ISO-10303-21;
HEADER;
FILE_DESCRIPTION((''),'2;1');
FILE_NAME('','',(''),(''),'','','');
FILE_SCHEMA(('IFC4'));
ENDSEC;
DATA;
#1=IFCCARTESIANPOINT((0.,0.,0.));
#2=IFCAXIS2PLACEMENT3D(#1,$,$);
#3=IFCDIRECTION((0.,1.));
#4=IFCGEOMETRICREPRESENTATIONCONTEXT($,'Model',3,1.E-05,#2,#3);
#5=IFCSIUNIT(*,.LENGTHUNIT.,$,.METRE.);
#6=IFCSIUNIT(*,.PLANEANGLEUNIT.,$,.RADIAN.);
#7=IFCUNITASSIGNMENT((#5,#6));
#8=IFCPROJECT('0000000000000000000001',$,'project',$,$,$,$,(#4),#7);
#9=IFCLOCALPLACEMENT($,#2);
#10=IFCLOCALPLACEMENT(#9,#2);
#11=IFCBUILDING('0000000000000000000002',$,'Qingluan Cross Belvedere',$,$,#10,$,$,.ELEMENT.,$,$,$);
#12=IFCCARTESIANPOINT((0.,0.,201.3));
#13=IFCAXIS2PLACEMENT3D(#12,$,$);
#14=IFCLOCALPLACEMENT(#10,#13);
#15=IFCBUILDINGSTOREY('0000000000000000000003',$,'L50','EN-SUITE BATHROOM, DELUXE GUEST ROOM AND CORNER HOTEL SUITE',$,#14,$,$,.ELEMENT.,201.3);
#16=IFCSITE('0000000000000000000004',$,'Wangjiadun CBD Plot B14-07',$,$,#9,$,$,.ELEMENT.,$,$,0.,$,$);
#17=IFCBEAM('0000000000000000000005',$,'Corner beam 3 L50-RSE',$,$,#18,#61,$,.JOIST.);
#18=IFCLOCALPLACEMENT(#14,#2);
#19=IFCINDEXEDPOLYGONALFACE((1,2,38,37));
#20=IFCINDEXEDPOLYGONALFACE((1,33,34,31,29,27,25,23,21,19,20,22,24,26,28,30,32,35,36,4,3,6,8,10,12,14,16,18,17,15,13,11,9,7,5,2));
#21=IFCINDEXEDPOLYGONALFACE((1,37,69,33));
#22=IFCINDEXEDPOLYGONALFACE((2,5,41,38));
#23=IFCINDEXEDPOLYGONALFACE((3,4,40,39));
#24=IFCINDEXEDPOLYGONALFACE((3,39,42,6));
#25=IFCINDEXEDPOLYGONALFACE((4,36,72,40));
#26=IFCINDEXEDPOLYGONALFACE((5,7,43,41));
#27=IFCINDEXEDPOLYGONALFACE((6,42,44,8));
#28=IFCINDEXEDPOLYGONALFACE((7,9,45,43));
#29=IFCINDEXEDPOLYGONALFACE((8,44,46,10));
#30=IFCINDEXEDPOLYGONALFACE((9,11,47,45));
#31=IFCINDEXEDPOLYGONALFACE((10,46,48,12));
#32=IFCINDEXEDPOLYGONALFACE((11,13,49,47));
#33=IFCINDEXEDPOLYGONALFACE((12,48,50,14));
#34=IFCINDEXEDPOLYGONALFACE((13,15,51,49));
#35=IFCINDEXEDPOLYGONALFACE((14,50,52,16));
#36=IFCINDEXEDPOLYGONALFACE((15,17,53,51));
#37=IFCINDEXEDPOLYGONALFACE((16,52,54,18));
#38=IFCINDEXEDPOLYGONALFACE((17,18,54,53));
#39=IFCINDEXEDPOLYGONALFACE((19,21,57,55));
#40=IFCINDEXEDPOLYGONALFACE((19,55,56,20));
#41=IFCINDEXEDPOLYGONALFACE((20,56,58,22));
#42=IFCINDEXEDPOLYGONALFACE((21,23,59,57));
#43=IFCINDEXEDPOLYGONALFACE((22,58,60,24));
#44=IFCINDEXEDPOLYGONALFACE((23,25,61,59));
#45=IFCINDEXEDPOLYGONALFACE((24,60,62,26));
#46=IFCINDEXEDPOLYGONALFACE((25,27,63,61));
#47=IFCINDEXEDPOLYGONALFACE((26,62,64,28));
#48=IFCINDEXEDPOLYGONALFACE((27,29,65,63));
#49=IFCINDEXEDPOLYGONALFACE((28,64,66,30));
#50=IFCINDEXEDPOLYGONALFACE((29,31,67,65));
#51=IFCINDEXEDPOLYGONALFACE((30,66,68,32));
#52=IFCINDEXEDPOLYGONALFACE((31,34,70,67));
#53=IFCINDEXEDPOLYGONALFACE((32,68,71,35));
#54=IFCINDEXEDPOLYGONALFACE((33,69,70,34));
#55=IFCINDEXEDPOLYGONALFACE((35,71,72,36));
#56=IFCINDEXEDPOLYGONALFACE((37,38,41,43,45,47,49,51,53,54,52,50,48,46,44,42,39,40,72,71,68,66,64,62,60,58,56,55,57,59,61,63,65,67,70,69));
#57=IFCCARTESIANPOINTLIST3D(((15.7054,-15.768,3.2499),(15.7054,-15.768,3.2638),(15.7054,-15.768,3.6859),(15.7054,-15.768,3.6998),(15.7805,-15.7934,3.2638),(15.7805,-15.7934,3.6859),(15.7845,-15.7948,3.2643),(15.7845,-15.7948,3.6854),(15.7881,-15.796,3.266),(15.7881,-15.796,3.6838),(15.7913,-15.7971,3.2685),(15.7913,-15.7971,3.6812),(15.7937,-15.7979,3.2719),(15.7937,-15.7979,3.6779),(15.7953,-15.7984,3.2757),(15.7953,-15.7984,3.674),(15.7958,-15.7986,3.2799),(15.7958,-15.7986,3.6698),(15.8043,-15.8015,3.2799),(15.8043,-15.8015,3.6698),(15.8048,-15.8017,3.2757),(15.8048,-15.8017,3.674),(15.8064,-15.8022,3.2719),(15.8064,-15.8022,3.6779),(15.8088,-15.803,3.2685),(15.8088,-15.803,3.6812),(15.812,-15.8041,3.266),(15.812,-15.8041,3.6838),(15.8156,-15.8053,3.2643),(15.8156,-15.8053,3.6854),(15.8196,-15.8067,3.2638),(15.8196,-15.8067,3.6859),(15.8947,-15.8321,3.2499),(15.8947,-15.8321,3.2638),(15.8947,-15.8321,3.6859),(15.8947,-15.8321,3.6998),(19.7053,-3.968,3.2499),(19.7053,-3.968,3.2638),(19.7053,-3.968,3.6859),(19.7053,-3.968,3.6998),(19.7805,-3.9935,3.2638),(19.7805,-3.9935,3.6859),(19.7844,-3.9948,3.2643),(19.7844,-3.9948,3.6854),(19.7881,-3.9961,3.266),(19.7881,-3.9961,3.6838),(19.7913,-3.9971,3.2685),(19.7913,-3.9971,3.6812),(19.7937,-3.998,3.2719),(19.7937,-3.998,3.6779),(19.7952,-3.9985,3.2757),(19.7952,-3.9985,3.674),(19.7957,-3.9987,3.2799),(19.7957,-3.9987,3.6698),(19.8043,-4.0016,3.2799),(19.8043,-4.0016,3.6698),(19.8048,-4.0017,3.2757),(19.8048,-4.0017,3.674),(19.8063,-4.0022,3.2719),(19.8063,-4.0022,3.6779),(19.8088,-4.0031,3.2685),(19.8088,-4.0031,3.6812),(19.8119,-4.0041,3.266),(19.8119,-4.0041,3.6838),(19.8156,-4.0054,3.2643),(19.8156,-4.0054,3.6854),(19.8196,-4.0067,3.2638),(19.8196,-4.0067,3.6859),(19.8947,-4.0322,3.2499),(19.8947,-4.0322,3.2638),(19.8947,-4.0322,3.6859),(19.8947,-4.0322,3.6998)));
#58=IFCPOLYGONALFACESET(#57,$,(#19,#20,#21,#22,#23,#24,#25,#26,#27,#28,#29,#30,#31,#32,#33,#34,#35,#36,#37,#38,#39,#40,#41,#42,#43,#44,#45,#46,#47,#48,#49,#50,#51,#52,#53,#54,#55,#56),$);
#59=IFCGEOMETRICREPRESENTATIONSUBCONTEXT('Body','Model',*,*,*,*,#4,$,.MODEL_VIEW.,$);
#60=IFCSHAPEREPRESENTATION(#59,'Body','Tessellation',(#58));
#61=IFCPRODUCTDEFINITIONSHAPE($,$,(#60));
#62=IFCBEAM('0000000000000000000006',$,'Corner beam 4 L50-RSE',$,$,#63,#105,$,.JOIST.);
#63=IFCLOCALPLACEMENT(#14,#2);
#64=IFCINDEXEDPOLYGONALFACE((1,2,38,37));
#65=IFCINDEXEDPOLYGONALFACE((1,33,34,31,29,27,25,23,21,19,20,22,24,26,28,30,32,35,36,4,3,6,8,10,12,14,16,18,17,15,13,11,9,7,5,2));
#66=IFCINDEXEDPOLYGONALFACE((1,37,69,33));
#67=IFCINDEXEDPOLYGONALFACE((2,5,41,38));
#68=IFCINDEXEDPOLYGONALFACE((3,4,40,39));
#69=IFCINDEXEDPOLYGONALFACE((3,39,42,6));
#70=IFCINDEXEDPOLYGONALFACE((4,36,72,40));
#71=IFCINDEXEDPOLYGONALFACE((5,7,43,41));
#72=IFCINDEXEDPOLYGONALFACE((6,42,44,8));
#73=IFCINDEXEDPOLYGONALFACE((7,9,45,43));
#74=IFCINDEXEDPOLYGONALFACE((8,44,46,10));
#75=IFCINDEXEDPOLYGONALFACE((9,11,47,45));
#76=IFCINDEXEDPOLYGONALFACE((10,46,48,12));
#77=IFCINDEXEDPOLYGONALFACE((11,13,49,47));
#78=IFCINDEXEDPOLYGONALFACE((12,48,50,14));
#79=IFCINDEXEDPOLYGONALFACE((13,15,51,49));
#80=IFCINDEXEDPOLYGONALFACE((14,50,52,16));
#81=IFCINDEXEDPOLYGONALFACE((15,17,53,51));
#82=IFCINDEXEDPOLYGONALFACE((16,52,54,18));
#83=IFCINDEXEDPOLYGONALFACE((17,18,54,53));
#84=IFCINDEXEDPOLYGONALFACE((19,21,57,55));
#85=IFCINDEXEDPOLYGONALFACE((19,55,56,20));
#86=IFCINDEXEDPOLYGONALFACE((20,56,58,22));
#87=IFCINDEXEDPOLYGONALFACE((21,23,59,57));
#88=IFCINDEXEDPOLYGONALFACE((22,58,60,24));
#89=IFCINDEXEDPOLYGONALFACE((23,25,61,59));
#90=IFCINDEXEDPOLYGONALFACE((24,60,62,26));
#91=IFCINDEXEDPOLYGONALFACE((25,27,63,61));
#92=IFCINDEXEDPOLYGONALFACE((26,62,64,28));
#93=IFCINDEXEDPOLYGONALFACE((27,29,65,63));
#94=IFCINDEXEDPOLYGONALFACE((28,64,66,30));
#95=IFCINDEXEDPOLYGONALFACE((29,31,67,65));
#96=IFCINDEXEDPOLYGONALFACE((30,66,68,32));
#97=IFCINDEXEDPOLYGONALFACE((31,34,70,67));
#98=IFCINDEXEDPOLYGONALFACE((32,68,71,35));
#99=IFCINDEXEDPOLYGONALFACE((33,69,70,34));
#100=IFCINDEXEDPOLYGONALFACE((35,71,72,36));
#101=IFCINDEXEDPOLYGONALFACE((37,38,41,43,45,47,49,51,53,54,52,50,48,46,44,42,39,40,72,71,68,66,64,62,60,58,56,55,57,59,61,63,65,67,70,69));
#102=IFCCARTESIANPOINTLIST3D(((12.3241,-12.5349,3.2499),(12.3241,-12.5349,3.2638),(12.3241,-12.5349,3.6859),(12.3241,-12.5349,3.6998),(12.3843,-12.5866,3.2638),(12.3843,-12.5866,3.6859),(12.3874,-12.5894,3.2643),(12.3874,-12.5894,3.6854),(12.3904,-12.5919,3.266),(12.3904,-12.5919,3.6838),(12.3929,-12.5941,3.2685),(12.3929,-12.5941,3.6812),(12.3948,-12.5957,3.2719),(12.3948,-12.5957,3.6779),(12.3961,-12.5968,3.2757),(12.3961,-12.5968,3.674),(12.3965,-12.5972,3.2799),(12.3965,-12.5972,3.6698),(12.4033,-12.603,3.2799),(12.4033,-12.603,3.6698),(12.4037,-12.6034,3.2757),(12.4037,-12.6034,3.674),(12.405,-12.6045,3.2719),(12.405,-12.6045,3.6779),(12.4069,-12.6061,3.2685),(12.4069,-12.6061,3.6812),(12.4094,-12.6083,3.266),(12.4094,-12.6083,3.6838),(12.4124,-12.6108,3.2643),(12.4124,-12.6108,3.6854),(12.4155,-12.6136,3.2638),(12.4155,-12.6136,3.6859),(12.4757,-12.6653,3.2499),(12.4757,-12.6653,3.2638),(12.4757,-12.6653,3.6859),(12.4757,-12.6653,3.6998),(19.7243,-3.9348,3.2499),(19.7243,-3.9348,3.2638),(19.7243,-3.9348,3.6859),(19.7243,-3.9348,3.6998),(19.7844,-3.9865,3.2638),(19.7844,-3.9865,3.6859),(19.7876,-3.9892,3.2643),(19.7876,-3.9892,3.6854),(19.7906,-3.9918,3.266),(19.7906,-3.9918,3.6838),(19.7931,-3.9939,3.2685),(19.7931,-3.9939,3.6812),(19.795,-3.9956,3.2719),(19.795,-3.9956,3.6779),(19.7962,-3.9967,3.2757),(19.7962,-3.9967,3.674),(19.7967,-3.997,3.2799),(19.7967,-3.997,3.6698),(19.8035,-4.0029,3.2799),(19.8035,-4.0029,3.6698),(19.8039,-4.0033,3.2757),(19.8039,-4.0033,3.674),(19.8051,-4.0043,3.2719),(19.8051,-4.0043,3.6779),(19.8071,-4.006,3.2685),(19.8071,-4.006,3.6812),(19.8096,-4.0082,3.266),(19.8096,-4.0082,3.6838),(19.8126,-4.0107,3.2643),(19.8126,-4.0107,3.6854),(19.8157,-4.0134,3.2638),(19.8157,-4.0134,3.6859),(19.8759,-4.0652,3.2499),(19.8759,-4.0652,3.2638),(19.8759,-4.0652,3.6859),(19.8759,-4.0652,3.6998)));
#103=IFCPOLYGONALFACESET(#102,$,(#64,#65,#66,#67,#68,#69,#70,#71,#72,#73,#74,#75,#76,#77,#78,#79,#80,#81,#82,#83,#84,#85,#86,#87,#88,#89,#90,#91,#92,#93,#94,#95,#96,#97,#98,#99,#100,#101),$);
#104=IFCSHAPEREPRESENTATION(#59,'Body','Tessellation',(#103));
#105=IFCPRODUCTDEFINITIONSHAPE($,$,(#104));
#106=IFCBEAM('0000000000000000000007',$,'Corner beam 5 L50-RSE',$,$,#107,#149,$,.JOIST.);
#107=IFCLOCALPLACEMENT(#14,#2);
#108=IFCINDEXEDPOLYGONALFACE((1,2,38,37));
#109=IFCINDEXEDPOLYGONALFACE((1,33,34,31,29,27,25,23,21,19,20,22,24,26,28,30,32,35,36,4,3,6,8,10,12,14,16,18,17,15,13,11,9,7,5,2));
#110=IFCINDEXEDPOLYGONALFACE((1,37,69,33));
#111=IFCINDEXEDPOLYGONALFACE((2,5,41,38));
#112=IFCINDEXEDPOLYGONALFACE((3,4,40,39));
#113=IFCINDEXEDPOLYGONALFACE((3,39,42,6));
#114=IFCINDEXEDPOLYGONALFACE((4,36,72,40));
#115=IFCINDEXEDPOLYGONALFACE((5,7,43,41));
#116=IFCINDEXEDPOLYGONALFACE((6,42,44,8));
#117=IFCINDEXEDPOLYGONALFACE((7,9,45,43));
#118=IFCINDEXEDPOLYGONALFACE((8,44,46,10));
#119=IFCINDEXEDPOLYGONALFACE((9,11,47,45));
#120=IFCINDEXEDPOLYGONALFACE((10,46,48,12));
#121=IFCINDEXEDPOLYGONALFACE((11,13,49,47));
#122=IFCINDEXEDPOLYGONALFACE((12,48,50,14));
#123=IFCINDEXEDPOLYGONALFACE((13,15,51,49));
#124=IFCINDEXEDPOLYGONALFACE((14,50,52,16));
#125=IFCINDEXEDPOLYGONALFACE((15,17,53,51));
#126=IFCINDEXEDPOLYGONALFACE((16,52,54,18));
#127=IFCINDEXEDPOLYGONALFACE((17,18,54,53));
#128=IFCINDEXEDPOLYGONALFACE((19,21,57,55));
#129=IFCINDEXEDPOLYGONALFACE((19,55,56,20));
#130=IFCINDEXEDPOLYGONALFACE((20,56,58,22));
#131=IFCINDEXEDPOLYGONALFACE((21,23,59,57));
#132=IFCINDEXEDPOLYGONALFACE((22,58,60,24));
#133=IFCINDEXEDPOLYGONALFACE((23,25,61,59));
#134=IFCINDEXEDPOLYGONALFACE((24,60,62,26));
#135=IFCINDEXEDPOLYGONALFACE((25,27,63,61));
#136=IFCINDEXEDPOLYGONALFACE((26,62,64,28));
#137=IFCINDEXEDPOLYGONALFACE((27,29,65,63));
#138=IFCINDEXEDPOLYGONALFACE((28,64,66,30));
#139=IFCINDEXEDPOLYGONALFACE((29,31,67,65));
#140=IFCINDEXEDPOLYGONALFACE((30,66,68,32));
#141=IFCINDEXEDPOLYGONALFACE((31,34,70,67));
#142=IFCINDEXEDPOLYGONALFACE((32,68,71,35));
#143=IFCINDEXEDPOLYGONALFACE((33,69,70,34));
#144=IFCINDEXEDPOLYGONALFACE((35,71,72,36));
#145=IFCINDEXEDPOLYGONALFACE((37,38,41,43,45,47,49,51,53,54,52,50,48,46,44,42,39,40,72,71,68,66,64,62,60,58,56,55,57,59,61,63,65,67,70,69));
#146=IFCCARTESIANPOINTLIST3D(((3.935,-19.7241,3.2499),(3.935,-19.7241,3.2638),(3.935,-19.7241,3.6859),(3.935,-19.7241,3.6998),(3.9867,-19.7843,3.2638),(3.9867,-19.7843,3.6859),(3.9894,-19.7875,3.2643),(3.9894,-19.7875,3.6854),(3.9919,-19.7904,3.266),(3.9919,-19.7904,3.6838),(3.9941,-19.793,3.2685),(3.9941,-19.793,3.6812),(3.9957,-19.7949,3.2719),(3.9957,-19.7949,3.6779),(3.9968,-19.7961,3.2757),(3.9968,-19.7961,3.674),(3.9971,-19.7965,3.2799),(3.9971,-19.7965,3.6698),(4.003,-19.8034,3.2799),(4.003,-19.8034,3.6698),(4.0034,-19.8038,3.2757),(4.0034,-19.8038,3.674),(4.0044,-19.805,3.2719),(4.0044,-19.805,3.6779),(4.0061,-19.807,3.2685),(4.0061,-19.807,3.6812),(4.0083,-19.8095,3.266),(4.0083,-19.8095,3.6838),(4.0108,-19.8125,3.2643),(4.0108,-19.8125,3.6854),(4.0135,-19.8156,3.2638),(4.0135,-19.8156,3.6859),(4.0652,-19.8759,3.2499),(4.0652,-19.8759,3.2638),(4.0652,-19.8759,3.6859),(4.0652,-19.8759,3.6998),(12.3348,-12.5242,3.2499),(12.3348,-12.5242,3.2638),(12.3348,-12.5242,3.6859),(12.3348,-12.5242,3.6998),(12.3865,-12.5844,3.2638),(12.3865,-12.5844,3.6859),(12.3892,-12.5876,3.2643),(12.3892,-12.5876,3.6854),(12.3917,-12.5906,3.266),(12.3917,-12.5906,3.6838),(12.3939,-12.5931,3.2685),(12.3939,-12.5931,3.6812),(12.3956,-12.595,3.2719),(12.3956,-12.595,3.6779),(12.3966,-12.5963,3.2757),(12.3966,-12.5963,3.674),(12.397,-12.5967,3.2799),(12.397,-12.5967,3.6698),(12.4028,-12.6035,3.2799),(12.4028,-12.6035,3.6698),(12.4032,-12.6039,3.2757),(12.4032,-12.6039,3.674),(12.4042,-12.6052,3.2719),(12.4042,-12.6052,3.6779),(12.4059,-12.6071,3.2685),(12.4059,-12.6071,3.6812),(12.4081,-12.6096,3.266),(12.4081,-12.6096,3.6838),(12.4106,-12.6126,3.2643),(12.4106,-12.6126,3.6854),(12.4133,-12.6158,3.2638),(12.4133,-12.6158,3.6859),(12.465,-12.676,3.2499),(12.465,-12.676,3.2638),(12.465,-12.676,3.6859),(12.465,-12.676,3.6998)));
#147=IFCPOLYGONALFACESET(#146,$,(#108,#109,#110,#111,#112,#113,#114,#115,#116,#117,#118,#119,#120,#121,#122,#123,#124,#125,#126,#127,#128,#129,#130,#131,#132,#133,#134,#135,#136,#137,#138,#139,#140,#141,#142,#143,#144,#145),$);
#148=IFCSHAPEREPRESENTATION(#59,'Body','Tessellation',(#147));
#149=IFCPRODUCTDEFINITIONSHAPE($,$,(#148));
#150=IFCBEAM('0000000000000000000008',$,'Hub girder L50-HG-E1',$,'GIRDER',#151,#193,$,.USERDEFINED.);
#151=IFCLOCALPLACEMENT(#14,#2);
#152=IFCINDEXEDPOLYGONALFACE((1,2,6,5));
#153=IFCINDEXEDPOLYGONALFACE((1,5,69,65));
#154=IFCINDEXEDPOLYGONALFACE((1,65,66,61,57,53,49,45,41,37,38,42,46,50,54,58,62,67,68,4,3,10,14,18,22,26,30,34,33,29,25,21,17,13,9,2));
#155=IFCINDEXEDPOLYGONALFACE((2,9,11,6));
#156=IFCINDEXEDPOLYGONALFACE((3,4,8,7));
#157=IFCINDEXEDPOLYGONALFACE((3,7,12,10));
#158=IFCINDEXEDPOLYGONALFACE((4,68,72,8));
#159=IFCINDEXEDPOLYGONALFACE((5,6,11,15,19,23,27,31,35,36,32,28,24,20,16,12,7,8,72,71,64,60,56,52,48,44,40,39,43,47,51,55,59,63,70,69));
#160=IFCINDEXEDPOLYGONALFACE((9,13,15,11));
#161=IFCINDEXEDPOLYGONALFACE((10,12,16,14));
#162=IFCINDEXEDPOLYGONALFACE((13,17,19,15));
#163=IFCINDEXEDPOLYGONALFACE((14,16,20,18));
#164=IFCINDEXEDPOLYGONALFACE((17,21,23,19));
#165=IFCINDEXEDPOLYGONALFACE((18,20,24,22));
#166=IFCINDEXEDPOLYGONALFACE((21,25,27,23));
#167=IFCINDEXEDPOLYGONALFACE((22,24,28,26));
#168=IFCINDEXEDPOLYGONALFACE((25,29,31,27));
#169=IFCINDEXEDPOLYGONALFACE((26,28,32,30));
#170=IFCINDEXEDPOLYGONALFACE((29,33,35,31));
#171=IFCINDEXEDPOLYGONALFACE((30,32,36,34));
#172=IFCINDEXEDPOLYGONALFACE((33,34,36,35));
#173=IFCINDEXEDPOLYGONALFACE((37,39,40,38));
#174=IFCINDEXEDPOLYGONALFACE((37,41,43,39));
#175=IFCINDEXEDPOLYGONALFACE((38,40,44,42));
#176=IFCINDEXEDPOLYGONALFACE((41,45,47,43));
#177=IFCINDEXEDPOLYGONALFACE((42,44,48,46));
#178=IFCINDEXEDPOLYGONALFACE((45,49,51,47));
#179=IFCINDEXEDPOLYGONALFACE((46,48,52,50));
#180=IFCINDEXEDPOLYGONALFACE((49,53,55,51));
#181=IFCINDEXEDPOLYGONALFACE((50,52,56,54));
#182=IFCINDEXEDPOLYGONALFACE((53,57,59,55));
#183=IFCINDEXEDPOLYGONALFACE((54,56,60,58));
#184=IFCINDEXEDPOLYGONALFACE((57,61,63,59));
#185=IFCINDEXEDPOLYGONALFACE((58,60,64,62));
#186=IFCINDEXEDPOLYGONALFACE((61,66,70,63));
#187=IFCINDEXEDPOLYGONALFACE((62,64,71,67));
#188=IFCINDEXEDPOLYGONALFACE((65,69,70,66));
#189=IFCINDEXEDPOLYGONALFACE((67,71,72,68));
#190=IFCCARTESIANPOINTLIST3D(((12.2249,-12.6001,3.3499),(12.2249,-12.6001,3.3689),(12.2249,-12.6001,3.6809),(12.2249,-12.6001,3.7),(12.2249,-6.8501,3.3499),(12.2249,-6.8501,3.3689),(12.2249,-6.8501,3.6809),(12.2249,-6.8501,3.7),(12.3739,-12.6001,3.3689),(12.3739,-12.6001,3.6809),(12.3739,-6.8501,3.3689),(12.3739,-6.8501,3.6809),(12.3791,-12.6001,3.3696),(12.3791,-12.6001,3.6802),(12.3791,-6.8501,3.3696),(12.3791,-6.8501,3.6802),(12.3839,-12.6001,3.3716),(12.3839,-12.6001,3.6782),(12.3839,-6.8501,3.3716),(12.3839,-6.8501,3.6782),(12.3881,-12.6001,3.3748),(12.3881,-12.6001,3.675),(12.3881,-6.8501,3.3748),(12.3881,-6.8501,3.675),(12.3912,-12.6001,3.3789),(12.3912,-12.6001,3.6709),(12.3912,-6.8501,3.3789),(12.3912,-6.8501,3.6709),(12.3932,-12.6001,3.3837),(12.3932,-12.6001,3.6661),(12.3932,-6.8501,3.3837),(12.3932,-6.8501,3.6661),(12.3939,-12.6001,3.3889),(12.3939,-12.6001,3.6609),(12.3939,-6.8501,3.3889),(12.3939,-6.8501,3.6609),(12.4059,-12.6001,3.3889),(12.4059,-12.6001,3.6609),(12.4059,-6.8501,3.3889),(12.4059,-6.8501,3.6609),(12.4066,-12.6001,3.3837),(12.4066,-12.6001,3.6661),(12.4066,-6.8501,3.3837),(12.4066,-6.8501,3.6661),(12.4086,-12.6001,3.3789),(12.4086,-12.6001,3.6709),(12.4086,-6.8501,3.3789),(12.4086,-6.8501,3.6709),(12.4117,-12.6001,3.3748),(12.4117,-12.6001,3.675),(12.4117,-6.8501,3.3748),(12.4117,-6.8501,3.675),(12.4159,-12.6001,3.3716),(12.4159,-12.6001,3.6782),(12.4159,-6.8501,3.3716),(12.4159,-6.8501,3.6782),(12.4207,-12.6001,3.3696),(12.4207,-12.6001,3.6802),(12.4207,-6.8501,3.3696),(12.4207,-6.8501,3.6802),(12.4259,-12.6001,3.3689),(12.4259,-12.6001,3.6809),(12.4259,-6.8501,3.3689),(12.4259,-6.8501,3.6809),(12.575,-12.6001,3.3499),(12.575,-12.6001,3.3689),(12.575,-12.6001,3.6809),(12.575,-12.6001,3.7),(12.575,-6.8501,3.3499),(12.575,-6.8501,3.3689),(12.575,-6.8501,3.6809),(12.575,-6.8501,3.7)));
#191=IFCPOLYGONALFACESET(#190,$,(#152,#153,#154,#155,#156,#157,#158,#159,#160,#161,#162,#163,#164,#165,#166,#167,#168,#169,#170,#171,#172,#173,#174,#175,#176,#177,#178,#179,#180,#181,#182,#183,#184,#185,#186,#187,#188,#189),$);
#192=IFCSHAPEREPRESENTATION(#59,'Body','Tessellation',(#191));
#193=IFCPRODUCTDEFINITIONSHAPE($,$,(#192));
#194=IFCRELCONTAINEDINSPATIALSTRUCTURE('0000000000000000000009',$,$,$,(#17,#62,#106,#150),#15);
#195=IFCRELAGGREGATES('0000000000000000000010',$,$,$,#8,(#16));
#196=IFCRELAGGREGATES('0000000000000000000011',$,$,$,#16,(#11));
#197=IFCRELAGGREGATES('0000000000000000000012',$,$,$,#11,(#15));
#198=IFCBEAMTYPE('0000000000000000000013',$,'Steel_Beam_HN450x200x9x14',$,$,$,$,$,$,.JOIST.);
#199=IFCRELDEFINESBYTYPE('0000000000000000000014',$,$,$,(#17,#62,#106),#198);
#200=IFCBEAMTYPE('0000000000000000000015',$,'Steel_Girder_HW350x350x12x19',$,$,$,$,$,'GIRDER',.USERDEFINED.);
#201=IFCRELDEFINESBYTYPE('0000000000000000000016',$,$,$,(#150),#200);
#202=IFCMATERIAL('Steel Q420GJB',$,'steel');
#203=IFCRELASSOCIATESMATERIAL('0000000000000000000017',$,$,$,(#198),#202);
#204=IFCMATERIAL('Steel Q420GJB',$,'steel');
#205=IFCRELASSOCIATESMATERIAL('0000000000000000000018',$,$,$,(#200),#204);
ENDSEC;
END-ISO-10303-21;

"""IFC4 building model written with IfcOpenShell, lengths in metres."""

from ifc_helpers import new_model, si_unit, direction, frame, origin, origin_2d, place, context, subcontext, project, spatial, i_section, extrude, material, material_profile, profile_set, type_object, element, save


model = new_model("IFC4")

# Units and contexts
model_context = context("Model", 3, precision=1e-05, world=origin(), true_north=direction((0.0, 1.0)))
body_context = subcontext(model_context, "Body", "Model", "MODEL_VIEW")
ifc_project = project(units=[si_unit("LENGTHUNIT", "METRE"), si_unit("PLANEANGLEUNIT", "RADIAN")], contexts=[model_context])

# Site, building, storey
site_placement = place(None, origin())
site = spatial("IfcSite", under=ifc_project, at=site_placement, Name="Wangjiadun CBD Plot B14-07", CompositionType="ELEMENT", RefElevation=0.0)
building_placement = place(site_placement, origin())
building = spatial("IfcBuilding", under=site, at=building_placement, Name="Qingluan Cross Belvedere", CompositionType="ELEMENT")
storey_placement = place(building_placement, frame((0.0, 0.0, 201.3)))
storey = spatial("IfcBuildingStorey", under=building, at=storey_placement, Name="L50", Description="EN-SUITE BATHROOM, DELUXE GUEST ROOM AND CORNER HOTEL SUITE", CompositionType="ELEMENT", Elevation=201.3)

# Beams
ifc_material_1 = material(Name="Steel Q420GJB", Category="steel")
ifc_material_profile_1 = material_profile(ifc_material_1, i_section(OverallWidth=0.2, OverallDepth=0.45, WebThickness=0.009, FlangeThickness=0.0139, FilletRadius=0.0161, at=origin_2d()), Name="HN450x200x9x14")
ifc_profile_set_1 = profile_set([ifc_material_profile_1], Name="Steel Q420GJB")
beam_type_1 = type_object("IfcBeamType", Name="Steel_Beam_HN450x200x9x14", PredefinedType="JOIST", material=ifc_profile_set_1)
for number, where, z_axis, x_axis, name in (
    (1, (15.8, -15.8, 3.4749), (0.321038, 0.947066, 0.0), (-0.947066, 0.321038, 0.0), "Corner beam 3 L50-RSE"),
):
    element("IfcBeam", number, at=place(storey_placement, frame(where, z_axis=z_axis, x_axis=x_axis)), inside=storey, type_object=beam_type_1, Name=name, PredefinedType="JOIST", context=body_context, shape_type="SweptSolid", body=[
        extrude(i_section(OverallWidth=0.2, OverallDepth=0.45, WebThickness=0.009, FlangeThickness=0.0139, FilletRadius=0.0161, at=origin_2d()), origin(), (0.0, 0.0, 1.0), 12.4595),
    ])
beam_1_placement = place(storey_placement, frame((12.3999, -12.6001, 3.4749), z_axis=(0.652245, 0.758008, 0.0), x_axis=(-0.758008, 0.652245, 0.0)))
element("IfcBeam", 2, at=beam_1_placement, inside=storey, type_object=beam_type_1, Name="Corner beam 4 L50-RSE", PredefinedType="JOIST", context=body_context, shape_type="SweptSolid", body=[
    extrude(i_section(OverallWidth=0.2, OverallDepth=0.45, WebThickness=0.009, FlangeThickness=0.0139, FilletRadius=0.0161, at=origin_2d()), origin(), (0.0, 0.0, 1.0), 11.3457),
])
beam_2_placement = place(storey_placement, frame((12.3999, -12.6001, 3.4749), z_axis=(-0.759255, -0.650793, 0.0), x_axis=(0.650793, -0.759255, 0.0)))
element("IfcBeam", 3, at=beam_2_placement, inside=storey, type_object=beam_type_1, Name="Corner beam 5 L50-RSE", PredefinedType="JOIST", context=body_context, shape_type="SweptSolid", body=[
    extrude(i_section(OverallWidth=0.2, OverallDepth=0.45, WebThickness=0.009, FlangeThickness=0.0139, FilletRadius=0.0161, at=origin_2d()), origin(), (0.0, 0.0, 1.0), 11.0632),
])
ifc_material_2 = material(Name="Steel Q420GJB", Category="steel")
ifc_material_profile_2 = material_profile(ifc_material_2, i_section(OverallWidth=0.3501, OverallDepth=0.3501, WebThickness=0.012, FlangeThickness=0.019, FilletRadius=0.02, at=origin_2d()), Name="HW350x350x12x19")
ifc_profile_set_2 = profile_set([ifc_material_profile_2], Name="Steel Q420GJB")
beam_type_2 = type_object("IfcBeamType", Name="Steel_Girder_HW350x350x12x19", ElementType="GIRDER", PredefinedType="USERDEFINED", material=ifc_profile_set_2)
beam_3_placement = place(storey_placement, frame((12.3999, -12.6001, 3.5249), z_axis=(0.0, 1.0, 0.0), x_axis=(-1.0, 0.0, 0.0)))
element("IfcBeam", 4, at=beam_3_placement, inside=storey, type_object=beam_type_2, Name="Hub girder L50-HG-E1", ObjectType="GIRDER", PredefinedType="USERDEFINED", context=body_context, shape_type="SweptSolid", body=[
    extrude(i_section(OverallWidth=0.3501, OverallDepth=0.3501, WebThickness=0.012, FlangeThickness=0.019, FilletRadius=0.02, at=origin_2d()), origin(), (0.0, 0.0, 1.0), 5.75),
])

save(model, "model.ifc")
